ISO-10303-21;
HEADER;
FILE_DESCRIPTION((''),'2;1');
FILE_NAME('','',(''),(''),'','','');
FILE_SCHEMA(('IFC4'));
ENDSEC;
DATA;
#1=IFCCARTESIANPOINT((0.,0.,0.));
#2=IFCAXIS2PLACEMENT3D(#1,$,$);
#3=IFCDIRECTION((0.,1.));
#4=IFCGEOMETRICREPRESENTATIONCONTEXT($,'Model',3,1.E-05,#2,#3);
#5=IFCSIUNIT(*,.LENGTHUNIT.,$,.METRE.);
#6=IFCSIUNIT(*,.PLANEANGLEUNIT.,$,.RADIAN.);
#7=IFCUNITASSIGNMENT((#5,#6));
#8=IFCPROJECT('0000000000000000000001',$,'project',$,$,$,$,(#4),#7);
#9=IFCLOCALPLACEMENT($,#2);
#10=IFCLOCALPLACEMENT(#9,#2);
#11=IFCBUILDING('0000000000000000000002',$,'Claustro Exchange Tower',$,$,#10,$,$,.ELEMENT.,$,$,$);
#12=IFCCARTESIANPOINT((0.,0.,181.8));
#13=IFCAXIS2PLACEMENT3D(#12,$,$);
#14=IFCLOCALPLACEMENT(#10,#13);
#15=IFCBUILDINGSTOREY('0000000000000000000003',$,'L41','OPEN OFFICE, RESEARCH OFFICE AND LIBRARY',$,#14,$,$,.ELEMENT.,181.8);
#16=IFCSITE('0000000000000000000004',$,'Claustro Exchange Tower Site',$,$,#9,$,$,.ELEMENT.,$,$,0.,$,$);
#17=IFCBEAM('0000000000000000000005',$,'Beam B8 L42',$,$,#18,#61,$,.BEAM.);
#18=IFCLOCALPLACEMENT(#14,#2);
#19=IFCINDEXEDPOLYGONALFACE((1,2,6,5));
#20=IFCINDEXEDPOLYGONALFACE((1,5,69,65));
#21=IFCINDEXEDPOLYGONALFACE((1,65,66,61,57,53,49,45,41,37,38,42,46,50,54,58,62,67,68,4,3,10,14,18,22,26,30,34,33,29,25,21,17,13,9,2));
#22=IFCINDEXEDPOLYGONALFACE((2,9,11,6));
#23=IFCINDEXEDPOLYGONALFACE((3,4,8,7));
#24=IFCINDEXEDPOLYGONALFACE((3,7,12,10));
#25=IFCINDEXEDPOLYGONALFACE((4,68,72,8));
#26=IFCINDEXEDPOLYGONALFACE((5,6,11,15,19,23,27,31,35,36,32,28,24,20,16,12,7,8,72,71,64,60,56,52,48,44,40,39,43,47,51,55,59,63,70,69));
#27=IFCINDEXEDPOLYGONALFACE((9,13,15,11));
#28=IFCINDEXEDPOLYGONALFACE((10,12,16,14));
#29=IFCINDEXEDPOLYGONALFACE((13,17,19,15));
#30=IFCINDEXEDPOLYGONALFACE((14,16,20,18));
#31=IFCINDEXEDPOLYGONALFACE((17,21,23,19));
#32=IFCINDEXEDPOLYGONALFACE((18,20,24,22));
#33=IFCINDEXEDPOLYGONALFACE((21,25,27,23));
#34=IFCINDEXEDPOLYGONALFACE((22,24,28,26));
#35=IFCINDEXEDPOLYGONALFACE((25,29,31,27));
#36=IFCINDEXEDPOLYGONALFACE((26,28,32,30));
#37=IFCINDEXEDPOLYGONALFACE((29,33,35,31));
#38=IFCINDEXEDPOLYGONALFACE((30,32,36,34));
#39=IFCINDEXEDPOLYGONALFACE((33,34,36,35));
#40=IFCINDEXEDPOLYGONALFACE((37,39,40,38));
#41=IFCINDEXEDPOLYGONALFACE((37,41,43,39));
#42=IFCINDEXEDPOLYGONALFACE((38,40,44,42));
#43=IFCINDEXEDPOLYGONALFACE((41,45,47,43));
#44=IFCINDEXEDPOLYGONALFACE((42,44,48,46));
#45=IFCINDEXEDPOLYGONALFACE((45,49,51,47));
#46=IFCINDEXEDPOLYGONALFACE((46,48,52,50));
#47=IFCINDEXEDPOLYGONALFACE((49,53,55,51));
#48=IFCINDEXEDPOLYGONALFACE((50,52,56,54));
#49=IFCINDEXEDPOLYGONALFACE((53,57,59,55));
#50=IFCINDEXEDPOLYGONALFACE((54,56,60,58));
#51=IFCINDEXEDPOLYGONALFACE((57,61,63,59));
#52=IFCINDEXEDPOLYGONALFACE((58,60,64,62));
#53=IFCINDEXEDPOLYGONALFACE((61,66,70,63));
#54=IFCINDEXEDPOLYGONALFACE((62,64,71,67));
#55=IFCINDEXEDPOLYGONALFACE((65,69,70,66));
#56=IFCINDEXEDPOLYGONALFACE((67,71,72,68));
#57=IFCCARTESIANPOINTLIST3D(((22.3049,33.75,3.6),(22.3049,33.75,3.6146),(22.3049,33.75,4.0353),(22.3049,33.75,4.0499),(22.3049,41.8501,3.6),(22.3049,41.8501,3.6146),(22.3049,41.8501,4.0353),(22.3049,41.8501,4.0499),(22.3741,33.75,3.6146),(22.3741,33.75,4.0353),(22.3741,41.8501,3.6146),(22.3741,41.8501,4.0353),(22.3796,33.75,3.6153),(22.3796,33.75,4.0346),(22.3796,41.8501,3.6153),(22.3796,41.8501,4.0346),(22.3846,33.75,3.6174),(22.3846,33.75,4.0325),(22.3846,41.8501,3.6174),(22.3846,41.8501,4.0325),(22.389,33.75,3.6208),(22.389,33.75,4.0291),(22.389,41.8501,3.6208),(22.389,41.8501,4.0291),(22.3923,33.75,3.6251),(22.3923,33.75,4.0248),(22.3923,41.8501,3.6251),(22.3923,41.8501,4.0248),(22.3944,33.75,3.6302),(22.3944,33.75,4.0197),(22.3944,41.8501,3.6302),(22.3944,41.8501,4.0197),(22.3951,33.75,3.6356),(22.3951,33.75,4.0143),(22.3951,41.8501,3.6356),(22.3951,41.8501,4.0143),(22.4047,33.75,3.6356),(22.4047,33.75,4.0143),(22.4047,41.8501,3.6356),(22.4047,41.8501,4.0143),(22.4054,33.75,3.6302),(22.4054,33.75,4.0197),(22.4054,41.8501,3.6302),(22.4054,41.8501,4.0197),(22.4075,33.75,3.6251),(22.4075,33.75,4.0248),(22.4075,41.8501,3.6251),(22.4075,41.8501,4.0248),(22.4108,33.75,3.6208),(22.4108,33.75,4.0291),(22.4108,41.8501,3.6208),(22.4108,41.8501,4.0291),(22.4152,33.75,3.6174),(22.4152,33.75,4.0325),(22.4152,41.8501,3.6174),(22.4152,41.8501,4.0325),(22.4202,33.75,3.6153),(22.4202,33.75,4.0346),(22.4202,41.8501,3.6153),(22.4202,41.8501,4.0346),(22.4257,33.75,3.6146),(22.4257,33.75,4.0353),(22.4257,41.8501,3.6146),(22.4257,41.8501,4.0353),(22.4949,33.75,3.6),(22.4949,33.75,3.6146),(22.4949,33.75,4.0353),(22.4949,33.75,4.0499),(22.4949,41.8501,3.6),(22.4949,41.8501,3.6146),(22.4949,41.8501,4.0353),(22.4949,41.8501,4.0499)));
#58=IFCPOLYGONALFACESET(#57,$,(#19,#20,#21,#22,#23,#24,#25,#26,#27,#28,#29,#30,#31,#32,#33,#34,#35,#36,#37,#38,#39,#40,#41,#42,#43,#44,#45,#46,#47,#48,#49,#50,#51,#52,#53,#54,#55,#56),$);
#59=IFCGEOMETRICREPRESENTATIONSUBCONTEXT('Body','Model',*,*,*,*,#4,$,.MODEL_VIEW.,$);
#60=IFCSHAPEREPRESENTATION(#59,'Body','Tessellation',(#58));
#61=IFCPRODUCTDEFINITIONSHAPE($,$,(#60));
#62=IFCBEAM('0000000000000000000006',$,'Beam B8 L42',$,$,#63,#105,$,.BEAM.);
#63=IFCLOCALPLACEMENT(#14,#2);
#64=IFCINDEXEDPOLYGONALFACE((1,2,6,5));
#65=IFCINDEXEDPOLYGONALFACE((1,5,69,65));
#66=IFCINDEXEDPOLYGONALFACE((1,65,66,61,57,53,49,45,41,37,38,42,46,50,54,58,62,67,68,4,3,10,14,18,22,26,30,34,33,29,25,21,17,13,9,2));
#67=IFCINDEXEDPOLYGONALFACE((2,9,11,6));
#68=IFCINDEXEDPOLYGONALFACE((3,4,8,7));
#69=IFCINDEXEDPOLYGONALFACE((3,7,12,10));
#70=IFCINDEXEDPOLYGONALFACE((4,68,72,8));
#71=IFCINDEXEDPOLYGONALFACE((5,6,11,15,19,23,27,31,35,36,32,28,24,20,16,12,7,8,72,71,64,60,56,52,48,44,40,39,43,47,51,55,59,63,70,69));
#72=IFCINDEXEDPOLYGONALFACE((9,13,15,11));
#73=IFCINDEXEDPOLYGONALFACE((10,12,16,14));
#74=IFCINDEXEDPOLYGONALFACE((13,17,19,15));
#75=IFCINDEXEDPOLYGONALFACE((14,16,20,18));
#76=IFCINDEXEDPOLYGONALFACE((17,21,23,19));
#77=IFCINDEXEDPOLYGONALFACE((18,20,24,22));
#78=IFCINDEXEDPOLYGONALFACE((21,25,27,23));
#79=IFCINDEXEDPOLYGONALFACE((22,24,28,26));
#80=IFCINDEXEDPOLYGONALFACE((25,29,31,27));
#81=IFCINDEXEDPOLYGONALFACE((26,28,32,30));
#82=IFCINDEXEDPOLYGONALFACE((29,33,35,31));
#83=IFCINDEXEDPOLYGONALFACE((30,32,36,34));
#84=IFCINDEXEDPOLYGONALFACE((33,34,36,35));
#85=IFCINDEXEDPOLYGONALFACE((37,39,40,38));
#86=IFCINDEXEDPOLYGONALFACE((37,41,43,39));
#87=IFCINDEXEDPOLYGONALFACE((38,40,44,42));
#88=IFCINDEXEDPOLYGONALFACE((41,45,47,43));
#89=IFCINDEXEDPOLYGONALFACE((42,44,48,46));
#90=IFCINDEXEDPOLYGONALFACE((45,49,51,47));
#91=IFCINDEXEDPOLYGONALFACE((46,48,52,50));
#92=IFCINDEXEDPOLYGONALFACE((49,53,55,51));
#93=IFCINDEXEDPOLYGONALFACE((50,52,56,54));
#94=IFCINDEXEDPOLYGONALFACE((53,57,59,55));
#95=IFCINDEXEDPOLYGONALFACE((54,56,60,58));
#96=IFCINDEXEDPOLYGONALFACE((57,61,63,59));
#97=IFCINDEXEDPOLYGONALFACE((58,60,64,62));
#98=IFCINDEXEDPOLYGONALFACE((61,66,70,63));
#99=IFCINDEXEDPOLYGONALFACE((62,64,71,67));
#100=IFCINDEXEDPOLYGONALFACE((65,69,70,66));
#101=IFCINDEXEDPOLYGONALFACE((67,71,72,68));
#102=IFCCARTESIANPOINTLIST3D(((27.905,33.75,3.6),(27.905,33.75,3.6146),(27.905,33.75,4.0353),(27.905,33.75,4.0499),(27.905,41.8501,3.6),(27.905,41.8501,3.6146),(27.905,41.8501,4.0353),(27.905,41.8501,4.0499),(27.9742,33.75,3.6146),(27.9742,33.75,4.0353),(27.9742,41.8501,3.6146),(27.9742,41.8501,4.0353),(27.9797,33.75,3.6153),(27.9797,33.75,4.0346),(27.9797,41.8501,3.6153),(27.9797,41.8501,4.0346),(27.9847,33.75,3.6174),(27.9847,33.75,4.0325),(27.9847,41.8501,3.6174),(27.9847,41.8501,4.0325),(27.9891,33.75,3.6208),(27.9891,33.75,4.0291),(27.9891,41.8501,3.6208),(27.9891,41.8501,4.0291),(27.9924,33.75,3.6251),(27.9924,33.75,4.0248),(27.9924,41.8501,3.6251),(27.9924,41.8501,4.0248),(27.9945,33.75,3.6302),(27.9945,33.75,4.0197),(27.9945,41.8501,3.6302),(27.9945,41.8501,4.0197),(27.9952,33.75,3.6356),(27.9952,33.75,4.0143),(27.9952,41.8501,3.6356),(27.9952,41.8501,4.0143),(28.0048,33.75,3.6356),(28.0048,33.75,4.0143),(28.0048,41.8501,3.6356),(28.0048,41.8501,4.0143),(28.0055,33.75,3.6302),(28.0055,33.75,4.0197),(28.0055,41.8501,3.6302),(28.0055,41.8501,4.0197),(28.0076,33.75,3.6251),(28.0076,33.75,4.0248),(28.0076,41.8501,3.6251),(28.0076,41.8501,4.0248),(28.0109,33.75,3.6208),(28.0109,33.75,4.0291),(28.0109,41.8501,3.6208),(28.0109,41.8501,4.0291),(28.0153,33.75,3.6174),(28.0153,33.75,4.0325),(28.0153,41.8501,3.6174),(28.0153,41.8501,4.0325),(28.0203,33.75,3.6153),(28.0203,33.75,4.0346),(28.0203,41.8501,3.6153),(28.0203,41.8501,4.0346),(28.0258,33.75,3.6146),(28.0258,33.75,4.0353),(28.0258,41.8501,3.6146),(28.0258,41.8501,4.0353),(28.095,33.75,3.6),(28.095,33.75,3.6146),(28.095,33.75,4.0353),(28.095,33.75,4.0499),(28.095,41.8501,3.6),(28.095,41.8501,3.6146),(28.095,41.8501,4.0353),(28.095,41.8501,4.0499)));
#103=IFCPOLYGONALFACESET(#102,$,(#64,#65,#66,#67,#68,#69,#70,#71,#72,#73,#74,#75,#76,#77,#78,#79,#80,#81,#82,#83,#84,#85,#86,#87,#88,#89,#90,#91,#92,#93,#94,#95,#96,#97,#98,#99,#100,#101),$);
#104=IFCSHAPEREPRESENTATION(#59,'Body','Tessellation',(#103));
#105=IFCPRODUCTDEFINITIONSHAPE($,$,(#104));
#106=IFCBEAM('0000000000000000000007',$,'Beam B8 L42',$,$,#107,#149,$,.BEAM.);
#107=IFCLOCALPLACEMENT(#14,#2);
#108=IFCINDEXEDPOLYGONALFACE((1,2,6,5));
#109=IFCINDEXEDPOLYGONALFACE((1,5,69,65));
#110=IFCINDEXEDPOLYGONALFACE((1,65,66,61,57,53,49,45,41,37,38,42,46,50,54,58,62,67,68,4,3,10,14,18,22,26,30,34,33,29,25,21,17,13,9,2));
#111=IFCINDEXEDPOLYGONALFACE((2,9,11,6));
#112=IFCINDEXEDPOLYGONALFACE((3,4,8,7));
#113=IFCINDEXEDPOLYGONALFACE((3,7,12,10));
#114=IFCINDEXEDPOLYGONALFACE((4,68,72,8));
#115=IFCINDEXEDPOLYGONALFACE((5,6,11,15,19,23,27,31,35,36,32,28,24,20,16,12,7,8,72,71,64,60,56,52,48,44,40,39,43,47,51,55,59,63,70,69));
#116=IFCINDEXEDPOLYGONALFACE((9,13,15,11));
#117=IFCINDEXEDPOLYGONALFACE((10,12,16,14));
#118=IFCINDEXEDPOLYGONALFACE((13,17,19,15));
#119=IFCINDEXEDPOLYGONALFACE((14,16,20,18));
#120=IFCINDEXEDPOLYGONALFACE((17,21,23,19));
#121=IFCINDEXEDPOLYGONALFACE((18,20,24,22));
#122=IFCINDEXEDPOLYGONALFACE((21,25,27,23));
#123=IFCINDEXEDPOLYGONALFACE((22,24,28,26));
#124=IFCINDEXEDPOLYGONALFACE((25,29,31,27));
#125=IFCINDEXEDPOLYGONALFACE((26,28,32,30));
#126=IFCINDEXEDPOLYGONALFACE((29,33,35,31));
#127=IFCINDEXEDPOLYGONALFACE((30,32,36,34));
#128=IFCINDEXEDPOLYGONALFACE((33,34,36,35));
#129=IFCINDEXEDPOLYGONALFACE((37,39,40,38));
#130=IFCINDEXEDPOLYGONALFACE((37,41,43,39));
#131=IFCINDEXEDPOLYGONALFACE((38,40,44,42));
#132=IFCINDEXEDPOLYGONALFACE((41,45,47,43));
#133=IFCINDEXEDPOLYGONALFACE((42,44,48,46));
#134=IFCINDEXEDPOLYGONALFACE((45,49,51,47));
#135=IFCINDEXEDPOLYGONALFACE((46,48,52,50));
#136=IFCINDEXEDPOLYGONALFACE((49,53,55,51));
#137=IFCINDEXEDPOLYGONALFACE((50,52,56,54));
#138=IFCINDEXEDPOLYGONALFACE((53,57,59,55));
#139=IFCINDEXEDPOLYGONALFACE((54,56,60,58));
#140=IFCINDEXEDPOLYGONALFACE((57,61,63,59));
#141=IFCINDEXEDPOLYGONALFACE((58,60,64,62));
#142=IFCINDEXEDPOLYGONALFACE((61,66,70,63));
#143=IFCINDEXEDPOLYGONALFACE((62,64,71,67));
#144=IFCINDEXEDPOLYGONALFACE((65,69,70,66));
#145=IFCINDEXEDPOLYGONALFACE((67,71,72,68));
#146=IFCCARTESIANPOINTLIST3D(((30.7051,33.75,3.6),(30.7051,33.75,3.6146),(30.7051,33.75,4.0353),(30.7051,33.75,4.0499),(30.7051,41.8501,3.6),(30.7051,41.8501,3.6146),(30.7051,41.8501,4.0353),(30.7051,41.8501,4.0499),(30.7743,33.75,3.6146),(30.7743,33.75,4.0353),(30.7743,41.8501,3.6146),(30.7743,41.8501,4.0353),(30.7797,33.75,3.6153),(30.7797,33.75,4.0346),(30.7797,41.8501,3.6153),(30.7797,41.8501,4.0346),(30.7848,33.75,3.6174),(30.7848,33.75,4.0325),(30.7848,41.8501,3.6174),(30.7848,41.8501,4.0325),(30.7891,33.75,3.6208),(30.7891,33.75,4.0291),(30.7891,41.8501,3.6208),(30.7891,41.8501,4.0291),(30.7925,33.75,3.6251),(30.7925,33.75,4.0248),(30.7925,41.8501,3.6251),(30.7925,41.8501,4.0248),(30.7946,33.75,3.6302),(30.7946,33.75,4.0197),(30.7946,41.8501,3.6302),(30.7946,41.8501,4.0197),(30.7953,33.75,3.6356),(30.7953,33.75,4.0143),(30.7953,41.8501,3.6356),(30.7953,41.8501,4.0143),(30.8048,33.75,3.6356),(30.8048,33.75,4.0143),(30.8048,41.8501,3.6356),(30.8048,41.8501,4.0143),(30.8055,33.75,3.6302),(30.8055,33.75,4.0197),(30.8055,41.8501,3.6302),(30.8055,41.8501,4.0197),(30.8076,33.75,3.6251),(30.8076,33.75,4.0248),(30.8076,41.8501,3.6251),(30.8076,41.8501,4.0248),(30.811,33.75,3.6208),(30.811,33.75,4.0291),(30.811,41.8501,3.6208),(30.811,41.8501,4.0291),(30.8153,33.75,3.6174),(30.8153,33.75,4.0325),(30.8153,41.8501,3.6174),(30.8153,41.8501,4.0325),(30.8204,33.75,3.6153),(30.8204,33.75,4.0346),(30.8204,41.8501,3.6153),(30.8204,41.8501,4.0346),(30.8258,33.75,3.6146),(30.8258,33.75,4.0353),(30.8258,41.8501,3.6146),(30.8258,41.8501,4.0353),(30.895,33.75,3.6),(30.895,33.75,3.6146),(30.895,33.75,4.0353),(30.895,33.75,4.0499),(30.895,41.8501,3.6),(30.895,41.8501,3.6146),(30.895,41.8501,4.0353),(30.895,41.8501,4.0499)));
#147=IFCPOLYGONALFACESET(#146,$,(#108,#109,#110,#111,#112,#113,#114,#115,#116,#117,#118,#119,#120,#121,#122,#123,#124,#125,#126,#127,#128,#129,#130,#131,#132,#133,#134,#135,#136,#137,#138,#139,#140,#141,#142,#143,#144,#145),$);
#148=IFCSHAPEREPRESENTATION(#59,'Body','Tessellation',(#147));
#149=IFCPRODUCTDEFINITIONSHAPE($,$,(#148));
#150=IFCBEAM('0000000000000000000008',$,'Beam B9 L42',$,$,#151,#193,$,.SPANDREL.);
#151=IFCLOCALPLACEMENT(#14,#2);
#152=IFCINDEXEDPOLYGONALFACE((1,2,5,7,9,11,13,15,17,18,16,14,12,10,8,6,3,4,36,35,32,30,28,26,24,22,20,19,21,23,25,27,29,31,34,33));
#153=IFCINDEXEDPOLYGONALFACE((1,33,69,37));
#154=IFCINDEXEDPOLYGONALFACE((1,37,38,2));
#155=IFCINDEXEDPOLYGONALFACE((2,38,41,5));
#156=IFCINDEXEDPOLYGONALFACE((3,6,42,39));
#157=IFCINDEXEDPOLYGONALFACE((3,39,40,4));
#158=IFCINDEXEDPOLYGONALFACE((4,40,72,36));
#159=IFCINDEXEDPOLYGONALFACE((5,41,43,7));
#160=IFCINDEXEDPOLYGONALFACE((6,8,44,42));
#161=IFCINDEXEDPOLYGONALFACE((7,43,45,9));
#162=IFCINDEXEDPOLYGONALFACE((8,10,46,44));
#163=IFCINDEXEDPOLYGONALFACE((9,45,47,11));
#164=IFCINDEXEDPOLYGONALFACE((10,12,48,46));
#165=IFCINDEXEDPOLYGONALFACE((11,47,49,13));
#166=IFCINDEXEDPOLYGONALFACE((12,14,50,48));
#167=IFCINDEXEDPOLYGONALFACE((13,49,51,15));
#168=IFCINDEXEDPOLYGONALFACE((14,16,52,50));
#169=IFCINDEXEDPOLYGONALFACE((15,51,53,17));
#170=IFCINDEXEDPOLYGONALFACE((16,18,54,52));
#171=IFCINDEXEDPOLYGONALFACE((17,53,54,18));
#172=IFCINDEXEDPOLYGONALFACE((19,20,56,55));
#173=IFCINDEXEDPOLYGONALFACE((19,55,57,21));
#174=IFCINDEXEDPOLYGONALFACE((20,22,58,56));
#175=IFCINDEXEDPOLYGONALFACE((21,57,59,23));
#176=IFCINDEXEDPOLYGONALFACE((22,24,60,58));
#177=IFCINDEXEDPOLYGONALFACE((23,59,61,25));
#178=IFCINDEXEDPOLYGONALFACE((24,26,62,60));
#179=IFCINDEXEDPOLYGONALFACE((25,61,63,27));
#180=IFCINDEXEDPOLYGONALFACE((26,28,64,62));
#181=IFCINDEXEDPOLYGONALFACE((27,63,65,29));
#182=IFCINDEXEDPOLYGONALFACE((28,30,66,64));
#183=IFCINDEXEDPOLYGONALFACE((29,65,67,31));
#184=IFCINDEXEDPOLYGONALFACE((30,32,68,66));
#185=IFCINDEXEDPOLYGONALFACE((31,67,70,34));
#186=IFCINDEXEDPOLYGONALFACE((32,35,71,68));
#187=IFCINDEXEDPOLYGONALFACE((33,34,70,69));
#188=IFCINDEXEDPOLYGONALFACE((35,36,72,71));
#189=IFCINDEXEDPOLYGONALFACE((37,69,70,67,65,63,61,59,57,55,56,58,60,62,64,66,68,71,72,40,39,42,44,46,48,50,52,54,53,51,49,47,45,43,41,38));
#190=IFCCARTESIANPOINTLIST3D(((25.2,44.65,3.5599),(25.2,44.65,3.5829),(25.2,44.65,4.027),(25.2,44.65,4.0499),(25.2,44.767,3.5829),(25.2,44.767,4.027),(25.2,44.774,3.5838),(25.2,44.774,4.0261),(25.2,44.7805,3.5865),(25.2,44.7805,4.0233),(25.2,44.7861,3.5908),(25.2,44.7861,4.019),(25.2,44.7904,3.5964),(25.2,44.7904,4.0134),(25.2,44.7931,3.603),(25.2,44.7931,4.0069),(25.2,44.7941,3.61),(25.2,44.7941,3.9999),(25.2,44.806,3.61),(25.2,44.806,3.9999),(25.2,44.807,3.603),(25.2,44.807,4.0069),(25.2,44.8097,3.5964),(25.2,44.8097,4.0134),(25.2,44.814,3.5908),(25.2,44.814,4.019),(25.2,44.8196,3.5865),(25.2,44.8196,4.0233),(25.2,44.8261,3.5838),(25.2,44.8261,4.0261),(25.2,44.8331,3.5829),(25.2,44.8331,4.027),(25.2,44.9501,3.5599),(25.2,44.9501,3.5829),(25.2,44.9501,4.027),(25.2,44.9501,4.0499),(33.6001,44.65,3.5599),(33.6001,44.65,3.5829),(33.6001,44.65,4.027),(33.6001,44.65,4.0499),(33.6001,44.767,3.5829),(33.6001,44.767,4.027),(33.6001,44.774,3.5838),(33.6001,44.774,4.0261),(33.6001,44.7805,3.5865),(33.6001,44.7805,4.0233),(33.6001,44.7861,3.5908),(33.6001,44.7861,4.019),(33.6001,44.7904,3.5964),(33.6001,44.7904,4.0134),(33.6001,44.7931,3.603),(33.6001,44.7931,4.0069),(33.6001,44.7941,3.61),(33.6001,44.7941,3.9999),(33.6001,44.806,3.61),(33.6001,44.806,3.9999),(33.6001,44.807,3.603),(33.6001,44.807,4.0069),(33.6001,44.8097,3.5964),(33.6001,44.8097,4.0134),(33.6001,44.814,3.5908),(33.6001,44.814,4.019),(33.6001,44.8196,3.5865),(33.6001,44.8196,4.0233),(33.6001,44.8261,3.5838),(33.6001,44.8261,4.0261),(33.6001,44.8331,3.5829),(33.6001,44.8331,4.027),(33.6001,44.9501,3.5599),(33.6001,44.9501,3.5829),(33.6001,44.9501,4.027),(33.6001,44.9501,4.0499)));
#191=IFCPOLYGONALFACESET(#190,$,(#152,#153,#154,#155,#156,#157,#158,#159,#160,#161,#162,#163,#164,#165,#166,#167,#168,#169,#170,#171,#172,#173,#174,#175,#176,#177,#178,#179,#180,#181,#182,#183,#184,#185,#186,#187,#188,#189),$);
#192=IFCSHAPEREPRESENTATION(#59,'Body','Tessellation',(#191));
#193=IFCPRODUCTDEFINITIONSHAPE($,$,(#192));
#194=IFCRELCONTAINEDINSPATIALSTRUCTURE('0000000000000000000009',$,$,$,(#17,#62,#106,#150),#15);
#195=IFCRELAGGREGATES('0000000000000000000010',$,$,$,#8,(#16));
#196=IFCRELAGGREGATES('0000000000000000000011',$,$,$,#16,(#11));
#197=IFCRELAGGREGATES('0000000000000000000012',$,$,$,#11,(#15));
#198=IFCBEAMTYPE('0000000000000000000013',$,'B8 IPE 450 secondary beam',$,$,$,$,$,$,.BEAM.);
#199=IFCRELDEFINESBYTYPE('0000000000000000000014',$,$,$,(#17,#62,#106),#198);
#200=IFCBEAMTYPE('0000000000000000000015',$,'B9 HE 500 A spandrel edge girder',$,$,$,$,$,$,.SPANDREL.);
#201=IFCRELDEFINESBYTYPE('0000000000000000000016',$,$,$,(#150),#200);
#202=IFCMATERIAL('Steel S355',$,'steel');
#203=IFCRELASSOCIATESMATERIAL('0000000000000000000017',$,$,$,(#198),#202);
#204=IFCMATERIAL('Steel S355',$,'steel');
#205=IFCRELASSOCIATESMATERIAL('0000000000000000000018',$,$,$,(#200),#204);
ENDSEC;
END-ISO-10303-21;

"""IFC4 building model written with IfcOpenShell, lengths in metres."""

from ifc_helpers import new_model, si_unit, direction, frame, origin, origin_2d, place, context, subcontext, project, spatial, i_section, extrude, material, material_profile, profile_set, type_object, element, save


model = new_model("IFC4")

# Units and contexts
model_context = context("Model", 3, precision=1e-05, world=origin(), true_north=direction((0.0, 1.0)))
body_context = subcontext(model_context, "Body", "Model", "MODEL_VIEW")
ifc_project = project(units=[si_unit("LENGTHUNIT", "METRE"), si_unit("PLANEANGLEUNIT", "RADIAN")], contexts=[model_context])

# Site, building, storey
site_placement = place(None, origin())
site = spatial("IfcSite", under=ifc_project, at=site_placement, Name="Claustro Exchange Tower Site", CompositionType="ELEMENT", RefElevation=0.0)
building_placement = place(site_placement, origin())
building = spatial("IfcBuilding", under=site, at=building_placement, Name="Claustro Exchange Tower", CompositionType="ELEMENT")
storey_placement = place(building_placement, frame((0.0, 0.0, 181.8)))
storey = spatial("IfcBuildingStorey", under=building, at=storey_placement, Name="L41", Description="OPEN OFFICE, RESEARCH OFFICE AND LIBRARY", CompositionType="ELEMENT", Elevation=181.8)

# Beams
ifc_material_1 = material(Name="Steel S355", Category="steel")
ifc_material_profile_1 = material_profile(ifc_material_1, i_section(OverallWidth=0.1899, OverallDepth=0.45, WebThickness=0.0095, FlangeThickness=0.0146, FilletRadius=0.021, at=origin_2d()), Name="IPE 450")
ifc_profile_set_1 = profile_set([ifc_material_profile_1], Name="Steel S355")
beam_type_1 = type_object("IfcBeamType", Name="B8 IPE 450 secondary beam", PredefinedType="BEAM", material=ifc_profile_set_1)
for number, where, z_axis, x_axis, name in (
    (1, (22.3999, 33.75, 3.825), (0.0, 1.0, 0.0), (-1.0, 0.0, 0.0), "Beam B8 L42"),
    (2, (28.0, 33.75, 3.825), (0.0, 1.0, 0.0), (-1.0, 0.0, 0.0), "Beam B8 L42"),
    (3, (30.8, 33.75, 3.825), (0.0, 1.0, 0.0), (-1.0, 0.0, 0.0), "Beam B8 L42"),
):
    element("IfcBeam", number, at=place(storey_placement, frame(where, z_axis=z_axis, x_axis=x_axis)), inside=storey, type_object=beam_type_1, Name=name, PredefinedType="BEAM", context=body_context, shape_type="SweptSolid", body=[
        extrude(i_section(OverallWidth=0.1899, OverallDepth=0.45, WebThickness=0.0095, FlangeThickness=0.0146, FilletRadius=0.021, at=origin_2d()), origin(), (0.0, 0.0, 1.0), 8.1001),
    ])
ifc_material_2 = material(Name="Steel S355", Category="steel")
ifc_material_profile_2 = material_profile(ifc_material_2, i_section(OverallWidth=0.3, OverallDepth=0.49, WebThickness=0.012, FlangeThickness=0.0229, FilletRadius=0.0271, at=origin_2d()), Name="HE 500 A")
ifc_profile_set_2 = profile_set([ifc_material_profile_2], Name="Steel S355")
beam_type_2 = type_object("IfcBeamType", Name="B9 HE 500 A spandrel edge girder", PredefinedType="SPANDREL", material=ifc_profile_set_2)
beam_1_placement = place(storey_placement, frame((25.2, 44.8, 3.8049), z_axis=(1.0, 0.0, 0.0), x_axis=(0.0, 1.0, 0.0)))
element("IfcBeam", 4, at=beam_1_placement, inside=storey, type_object=beam_type_2, Name="Beam B9 L42", PredefinedType="SPANDREL", context=body_context, shape_type="SweptSolid", body=[
    extrude(i_section(OverallWidth=0.3, OverallDepth=0.49, WebThickness=0.012, FlangeThickness=0.0229, FilletRadius=0.0271, at=origin_2d()), origin(), (0.0, 0.0, 1.0), 8.4001),
])

save(model, "model.ifc")
